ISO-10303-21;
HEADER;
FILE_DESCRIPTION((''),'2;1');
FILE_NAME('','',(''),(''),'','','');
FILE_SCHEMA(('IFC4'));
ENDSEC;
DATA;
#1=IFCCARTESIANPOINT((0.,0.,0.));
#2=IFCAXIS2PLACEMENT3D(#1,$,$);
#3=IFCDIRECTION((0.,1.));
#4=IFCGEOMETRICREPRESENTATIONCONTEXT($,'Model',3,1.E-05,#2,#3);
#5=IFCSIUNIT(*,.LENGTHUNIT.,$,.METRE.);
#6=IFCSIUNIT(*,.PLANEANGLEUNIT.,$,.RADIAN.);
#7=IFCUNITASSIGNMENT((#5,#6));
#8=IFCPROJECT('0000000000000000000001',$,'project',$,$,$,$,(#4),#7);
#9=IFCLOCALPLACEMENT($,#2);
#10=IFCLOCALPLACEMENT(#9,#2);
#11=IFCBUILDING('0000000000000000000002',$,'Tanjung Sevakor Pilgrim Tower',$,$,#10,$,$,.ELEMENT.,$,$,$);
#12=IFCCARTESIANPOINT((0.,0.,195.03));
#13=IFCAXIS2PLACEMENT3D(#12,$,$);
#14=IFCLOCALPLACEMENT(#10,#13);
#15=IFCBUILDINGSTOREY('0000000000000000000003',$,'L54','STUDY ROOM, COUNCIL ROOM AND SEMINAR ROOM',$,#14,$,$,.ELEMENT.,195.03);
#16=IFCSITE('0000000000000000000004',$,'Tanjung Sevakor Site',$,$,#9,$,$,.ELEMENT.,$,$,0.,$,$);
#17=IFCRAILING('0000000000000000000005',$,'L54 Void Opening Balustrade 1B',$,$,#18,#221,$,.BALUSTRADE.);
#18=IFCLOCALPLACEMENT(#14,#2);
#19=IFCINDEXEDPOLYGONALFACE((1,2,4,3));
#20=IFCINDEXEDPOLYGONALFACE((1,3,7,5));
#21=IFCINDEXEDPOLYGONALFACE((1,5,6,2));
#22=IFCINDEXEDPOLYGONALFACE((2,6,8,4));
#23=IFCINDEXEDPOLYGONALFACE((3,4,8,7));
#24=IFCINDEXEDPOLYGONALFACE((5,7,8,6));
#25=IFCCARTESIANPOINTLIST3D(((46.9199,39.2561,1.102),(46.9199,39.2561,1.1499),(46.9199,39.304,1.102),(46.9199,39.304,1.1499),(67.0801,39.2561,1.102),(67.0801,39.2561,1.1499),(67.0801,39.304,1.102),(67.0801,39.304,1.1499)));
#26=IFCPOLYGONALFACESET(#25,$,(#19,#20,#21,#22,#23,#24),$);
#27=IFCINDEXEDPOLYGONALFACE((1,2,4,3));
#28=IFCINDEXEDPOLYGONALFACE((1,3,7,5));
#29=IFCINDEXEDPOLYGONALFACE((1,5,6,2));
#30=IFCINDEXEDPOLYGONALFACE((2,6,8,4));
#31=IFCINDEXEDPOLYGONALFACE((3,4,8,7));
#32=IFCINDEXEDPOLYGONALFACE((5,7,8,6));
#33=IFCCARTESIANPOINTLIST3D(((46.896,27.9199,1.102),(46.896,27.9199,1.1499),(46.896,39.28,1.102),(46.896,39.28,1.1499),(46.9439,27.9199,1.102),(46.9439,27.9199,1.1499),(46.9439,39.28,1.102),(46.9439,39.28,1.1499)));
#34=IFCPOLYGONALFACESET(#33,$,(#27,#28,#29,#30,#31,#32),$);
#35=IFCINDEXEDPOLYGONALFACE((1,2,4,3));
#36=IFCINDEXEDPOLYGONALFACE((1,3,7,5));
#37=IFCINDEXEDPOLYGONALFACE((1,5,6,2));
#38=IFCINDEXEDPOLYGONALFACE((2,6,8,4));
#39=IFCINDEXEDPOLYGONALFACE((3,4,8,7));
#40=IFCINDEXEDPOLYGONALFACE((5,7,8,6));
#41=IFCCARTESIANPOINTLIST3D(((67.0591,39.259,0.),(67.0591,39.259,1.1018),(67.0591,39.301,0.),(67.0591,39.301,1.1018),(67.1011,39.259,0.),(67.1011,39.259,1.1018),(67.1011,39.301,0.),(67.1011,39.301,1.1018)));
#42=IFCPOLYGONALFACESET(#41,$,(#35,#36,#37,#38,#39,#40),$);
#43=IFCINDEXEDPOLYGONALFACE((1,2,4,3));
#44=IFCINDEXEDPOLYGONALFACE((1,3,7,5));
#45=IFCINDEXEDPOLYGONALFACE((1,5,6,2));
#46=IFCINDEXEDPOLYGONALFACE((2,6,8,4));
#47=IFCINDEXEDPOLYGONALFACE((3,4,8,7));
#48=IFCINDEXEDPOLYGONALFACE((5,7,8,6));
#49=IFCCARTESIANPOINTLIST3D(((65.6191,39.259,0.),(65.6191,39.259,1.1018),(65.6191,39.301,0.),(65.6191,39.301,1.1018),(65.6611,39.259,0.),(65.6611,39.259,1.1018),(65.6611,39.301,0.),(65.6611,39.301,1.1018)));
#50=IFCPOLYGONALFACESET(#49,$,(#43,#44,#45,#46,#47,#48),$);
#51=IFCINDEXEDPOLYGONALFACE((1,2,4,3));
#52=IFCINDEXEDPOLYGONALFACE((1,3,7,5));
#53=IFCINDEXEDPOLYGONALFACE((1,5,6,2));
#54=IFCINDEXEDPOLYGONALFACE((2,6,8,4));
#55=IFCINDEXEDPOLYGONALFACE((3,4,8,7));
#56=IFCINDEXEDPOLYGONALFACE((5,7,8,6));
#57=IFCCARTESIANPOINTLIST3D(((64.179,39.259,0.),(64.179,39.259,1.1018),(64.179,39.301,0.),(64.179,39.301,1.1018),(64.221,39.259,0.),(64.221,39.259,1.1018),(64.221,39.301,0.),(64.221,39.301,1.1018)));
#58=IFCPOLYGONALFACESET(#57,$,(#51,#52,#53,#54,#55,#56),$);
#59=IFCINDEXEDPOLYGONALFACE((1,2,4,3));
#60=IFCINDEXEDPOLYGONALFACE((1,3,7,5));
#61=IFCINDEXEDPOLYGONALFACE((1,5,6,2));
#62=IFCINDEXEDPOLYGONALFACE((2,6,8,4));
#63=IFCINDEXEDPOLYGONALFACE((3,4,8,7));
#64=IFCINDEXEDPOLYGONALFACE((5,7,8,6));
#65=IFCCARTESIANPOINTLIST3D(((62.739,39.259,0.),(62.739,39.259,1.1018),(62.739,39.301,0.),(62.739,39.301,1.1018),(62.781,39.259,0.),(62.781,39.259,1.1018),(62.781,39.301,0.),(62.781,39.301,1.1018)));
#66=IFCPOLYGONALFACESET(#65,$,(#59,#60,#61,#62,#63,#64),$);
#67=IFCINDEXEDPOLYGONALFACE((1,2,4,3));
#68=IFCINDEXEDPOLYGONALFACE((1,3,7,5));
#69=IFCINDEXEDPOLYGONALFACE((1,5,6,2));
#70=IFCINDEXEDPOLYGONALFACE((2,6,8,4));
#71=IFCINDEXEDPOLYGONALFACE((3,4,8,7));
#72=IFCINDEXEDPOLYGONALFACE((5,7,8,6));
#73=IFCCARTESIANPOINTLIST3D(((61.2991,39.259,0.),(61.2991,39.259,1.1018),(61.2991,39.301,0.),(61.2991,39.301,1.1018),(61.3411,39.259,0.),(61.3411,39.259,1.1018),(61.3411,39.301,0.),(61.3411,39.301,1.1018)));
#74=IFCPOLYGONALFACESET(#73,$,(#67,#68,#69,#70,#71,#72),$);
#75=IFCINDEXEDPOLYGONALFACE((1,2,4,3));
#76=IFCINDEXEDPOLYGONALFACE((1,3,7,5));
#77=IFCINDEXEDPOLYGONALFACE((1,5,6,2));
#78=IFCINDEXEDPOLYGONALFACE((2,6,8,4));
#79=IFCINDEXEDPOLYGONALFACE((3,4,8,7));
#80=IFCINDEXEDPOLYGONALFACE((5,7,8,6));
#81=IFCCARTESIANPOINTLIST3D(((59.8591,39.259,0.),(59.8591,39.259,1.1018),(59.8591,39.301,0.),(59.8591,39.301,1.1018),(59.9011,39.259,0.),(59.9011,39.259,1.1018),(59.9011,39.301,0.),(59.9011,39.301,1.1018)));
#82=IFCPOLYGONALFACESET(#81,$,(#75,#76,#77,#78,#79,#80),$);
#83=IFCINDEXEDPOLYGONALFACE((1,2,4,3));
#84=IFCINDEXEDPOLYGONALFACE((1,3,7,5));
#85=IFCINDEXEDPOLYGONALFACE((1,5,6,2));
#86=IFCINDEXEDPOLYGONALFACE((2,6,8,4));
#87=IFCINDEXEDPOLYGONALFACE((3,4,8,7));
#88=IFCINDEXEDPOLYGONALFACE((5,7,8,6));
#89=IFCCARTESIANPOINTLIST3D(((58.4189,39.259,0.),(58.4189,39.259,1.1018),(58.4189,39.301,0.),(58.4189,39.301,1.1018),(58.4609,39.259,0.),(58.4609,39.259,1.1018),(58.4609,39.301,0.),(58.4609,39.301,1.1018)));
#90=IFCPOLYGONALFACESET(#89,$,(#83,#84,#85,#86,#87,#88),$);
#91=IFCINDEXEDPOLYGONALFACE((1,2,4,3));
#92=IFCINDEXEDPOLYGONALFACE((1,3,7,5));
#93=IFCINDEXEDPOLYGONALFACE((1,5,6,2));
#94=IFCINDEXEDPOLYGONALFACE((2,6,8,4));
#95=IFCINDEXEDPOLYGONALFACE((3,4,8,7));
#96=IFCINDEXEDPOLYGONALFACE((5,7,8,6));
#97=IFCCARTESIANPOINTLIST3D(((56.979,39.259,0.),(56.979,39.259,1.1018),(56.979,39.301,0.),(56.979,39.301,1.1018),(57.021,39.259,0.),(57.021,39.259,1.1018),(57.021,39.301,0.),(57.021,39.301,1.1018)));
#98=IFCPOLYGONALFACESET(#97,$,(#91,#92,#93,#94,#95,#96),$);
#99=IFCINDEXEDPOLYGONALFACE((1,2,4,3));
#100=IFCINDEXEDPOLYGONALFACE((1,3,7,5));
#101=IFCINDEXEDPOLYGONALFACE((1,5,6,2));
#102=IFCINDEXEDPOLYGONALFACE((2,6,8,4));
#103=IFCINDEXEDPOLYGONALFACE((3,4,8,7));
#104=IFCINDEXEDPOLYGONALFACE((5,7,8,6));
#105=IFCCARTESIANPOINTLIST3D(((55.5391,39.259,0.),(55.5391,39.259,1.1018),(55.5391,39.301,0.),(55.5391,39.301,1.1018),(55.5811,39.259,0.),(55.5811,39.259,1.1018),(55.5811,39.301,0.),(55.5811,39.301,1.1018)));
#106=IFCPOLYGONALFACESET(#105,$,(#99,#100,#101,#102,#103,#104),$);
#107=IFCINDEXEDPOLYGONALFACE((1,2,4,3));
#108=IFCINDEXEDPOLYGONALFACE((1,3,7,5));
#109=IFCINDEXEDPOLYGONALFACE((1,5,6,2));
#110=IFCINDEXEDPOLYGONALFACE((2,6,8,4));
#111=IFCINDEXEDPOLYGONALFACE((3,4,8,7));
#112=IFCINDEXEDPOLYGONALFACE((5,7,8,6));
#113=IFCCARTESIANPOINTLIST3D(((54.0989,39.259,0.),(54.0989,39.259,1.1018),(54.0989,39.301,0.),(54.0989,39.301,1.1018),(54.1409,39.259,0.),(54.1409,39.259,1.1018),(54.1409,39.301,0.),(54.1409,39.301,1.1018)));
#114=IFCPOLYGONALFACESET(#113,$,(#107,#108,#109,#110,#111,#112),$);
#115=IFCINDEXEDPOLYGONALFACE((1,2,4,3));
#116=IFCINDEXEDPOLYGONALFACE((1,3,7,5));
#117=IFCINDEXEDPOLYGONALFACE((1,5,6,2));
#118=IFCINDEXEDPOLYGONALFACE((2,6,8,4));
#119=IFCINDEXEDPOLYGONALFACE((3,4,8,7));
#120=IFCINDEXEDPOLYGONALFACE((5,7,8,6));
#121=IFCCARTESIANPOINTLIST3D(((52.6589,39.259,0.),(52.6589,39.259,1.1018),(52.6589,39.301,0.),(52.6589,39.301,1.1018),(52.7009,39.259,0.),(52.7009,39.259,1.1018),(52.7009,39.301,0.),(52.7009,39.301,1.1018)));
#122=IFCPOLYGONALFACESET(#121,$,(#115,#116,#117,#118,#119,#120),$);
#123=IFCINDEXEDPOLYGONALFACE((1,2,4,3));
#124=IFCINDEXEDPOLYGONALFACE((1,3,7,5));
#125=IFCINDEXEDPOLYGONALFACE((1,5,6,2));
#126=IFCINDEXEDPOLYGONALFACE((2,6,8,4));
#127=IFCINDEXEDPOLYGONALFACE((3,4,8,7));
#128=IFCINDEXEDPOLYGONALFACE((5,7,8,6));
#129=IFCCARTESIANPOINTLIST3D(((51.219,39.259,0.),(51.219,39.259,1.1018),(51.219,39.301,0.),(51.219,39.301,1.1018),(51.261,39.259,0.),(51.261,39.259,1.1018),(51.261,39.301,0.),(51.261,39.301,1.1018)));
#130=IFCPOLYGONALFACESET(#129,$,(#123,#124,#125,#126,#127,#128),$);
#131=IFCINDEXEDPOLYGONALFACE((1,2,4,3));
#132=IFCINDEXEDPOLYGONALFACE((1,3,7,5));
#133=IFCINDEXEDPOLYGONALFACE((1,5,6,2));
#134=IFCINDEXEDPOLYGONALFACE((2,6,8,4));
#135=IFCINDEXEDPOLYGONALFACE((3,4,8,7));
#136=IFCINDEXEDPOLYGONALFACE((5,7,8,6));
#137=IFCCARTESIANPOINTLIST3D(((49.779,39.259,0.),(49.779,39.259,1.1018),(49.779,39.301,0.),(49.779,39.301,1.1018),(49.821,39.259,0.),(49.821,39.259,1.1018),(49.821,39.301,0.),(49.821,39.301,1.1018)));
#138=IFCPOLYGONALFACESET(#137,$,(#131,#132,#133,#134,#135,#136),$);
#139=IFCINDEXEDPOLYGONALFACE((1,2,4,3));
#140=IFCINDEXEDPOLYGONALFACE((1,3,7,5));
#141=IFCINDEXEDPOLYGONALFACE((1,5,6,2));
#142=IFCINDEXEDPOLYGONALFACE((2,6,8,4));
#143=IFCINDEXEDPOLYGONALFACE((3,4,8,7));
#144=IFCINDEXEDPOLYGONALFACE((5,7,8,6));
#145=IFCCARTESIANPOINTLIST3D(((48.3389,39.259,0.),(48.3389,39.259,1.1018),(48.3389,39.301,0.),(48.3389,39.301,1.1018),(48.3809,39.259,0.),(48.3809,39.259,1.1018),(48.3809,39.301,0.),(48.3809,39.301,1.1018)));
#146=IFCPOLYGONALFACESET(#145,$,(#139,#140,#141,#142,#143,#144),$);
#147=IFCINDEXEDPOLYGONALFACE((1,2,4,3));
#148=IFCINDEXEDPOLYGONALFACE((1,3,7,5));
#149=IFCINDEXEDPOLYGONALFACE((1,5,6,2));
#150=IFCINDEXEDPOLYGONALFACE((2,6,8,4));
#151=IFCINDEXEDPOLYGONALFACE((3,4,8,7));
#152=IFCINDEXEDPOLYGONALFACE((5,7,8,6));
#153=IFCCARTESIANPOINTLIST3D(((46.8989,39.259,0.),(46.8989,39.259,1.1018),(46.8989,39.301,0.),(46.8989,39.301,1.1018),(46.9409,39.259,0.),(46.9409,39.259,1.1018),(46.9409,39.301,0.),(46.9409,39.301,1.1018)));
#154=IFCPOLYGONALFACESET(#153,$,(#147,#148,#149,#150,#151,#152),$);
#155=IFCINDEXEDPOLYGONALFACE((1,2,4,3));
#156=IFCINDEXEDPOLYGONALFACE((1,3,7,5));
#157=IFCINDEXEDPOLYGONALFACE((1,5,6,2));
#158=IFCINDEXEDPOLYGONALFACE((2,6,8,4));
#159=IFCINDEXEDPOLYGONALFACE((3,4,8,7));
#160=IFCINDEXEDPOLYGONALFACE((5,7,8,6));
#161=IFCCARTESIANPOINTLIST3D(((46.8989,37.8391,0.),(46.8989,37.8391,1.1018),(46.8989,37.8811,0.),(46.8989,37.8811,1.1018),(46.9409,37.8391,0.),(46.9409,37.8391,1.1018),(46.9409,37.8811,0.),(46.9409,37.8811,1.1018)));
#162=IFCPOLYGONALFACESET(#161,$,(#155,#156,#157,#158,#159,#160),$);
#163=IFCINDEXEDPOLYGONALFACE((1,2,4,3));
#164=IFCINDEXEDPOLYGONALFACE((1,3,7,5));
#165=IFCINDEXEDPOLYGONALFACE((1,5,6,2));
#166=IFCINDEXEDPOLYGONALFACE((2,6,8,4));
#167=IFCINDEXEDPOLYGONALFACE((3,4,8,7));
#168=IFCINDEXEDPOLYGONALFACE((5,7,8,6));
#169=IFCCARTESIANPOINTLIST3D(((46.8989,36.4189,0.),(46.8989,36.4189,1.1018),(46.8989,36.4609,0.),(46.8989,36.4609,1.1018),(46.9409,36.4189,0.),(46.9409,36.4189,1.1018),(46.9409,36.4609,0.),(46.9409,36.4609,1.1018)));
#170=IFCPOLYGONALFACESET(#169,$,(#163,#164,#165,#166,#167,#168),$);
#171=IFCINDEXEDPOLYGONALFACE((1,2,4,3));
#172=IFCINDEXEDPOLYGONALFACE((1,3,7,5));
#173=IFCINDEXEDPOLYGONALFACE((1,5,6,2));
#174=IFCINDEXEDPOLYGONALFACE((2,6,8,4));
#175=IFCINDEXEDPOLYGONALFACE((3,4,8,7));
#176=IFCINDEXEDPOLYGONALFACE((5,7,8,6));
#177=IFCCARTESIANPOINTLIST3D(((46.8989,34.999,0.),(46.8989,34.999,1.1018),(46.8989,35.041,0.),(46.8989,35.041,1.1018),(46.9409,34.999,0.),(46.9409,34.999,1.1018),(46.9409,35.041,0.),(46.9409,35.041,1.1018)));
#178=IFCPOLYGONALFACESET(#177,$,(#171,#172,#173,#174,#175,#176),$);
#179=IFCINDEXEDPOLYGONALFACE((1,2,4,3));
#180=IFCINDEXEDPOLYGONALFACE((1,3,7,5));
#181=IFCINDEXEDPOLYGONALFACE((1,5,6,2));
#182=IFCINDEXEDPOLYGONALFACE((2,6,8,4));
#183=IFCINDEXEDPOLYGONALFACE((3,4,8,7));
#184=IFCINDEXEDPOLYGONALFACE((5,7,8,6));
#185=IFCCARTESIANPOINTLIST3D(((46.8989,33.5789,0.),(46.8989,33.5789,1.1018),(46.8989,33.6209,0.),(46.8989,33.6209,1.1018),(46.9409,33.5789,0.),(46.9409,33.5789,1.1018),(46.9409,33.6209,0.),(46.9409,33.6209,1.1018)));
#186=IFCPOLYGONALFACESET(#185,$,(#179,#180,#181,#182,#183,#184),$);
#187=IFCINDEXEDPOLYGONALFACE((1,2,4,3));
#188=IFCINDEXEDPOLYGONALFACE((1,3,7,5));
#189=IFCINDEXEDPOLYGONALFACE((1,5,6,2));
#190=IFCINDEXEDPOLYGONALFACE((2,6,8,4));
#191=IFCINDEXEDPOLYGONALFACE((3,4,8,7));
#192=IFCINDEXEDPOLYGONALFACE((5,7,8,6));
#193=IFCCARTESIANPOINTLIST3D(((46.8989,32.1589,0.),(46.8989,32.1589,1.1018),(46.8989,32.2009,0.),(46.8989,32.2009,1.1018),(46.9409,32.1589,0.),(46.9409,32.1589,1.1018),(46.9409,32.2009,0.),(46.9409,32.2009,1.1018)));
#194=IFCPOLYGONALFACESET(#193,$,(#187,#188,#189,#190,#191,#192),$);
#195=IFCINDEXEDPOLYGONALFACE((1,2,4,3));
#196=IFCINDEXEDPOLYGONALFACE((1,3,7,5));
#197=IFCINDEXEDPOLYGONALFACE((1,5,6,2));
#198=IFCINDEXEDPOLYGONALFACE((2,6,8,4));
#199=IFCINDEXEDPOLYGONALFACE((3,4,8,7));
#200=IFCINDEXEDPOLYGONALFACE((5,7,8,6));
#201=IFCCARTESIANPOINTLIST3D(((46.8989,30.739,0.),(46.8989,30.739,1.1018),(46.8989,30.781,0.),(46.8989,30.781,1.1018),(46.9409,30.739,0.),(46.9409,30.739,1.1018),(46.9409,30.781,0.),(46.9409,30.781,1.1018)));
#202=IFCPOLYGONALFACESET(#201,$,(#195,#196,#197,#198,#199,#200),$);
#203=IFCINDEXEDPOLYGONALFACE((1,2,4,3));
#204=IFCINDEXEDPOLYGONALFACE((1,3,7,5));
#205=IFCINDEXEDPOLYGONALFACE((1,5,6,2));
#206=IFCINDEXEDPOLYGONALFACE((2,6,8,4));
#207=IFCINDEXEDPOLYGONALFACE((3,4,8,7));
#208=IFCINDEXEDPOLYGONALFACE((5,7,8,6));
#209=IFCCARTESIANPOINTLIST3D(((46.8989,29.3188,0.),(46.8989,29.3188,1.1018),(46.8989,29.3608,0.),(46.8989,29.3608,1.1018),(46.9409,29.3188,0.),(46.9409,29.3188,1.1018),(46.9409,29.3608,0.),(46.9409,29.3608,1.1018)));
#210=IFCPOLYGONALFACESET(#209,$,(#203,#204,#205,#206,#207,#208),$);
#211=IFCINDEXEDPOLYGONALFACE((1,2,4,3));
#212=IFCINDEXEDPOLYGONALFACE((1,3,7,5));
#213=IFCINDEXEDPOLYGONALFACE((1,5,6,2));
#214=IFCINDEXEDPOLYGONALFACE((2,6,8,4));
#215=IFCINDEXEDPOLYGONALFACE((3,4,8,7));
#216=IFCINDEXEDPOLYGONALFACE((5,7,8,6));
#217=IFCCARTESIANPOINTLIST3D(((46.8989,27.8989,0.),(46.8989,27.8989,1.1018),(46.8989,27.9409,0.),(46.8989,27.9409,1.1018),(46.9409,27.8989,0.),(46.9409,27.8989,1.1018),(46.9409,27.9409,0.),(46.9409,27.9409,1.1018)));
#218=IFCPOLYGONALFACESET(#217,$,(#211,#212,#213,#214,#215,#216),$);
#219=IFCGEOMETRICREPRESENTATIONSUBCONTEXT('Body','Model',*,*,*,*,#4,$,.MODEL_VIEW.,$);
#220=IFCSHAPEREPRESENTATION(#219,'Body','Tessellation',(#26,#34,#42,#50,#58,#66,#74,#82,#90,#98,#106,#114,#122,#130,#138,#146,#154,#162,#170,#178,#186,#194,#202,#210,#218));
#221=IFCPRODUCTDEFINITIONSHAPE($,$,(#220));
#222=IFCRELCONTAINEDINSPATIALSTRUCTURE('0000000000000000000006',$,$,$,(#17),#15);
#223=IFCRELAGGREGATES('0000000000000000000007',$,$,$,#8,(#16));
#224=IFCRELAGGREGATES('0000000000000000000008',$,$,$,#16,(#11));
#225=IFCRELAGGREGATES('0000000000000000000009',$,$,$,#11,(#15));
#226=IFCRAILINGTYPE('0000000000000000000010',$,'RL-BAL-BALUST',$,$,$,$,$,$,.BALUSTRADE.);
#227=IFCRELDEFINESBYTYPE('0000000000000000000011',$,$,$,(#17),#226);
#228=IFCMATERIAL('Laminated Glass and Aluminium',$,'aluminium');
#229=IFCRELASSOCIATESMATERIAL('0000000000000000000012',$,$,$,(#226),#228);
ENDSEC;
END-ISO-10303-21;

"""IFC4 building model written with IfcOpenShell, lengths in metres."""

from ifc_helpers import new_model, si_unit, direction, frame, origin, place, context, subcontext, project, spatial, rectangle, extrude, material, type_object, element, save


model = new_model("IFC4")

# Units and contexts
model_context = context("Model", 3, precision=1e-05, world=origin(), true_north=direction((0.0, 1.0)))
body_context = subcontext(model_context, "Body", "Model", "MODEL_VIEW")
ifc_project = project(units=[si_unit("LENGTHUNIT", "METRE"), si_unit("PLANEANGLEUNIT", "RADIAN")], contexts=[model_context])

# Site, building, storey
site_placement = place(None, origin())
site = spatial("IfcSite", under=ifc_project, at=site_placement, Name="Tanjung Sevakor Site", CompositionType="ELEMENT", RefElevation=0.0)
building_placement = place(site_placement, origin())
building = spatial("IfcBuilding", under=site, at=building_placement, Name="Tanjung Sevakor Pilgrim Tower", CompositionType="ELEMENT")
storey_placement = place(building_placement, frame((0.0, 0.0, 195.03)))
storey = spatial("IfcBuildingStorey", under=building, at=storey_placement, Name="L54", Description="STUDY ROOM, COUNCIL ROOM AND SEMINAR ROOM", CompositionType="ELEMENT", Elevation=195.03)

# Railing
ifc_material_1 = material(Name="Laminated Glass and Aluminium", Category="aluminium")
railing_type_1 = type_object("IfcRailingType", Name="RL-BAL-BALUST", PredefinedType="BALUSTRADE", material=ifc_material_1)
railing_1_placement = place(storey_placement, frame((67.0801, 39.28, 0.0)))
element("IfcRailing", 1, at=railing_1_placement, inside=storey, type_object=railing_type_1, Name="L54 Void Opening Balustrade 1B", PredefinedType="BALUSTRADE", context=body_context, shape_type="SweptSolid", body=[
    extrude(rectangle(XDim=0.0479, YDim=0.0479), frame((0.0, 0.0, 1.126), z_axis=(-1.0, 0.0, 0.0), x_axis=(0.0, -1.0, 0.0)), (0.0, 0.0, 1.0), 20.1602),
    extrude(rectangle(XDim=0.0479, YDim=0.0479), frame((-20.1602, 0.0, 1.126), z_axis=(0.0, -1.0, 0.0), x_axis=(1.0, 0.0, 0.0)), (0.0, 0.0, 1.0), 11.3601),
    extrude(rectangle(XDim=0.042, YDim=0.042), origin(), (0.0, 0.0, 1.0), 1.1018),
    extrude(rectangle(XDim=0.042, YDim=0.042), frame((-1.4399, 0.0, 0.0)), (0.0, 0.0, 1.0), 1.1018),
    extrude(rectangle(XDim=0.042, YDim=0.042), frame((-2.8801, 0.0, 0.0)), (0.0, 0.0, 1.0), 1.1018),
    extrude(rectangle(XDim=0.042, YDim=0.042), frame((-4.3201, 0.0, 0.0)), (0.0, 0.0, 1.0), 1.1018),
    extrude(rectangle(XDim=0.042, YDim=0.042), frame((-5.76, 0.0, 0.0)), (0.0, 0.0, 1.0), 1.1018),
    extrude(rectangle(XDim=0.042, YDim=0.042), frame((-7.2, 0.0, 0.0)), (0.0, 0.0, 1.0), 1.1018),
    extrude(rectangle(XDim=0.042, YDim=0.042), frame((-8.6401, 0.0, 0.0)), (0.0, 0.0, 1.0), 1.1018),
    extrude(rectangle(XDim=0.042, YDim=0.042), frame((-10.0801, 0.0, 0.0)), (0.0, 0.0, 1.0), 1.1018),
    extrude(rectangle(XDim=0.042, YDim=0.042), frame((-11.52, 0.0, 0.0)), (0.0, 0.0, 1.0), 1.1018),
    extrude(rectangle(XDim=0.042, YDim=0.042), frame((-12.9602, 0.0, 0.0)), (0.0, 0.0, 1.0), 1.1018),
    extrude(rectangle(XDim=0.042, YDim=0.042), frame((-14.4001, 0.0, 0.0)), (0.0, 0.0, 1.0), 1.1018),
    extrude(rectangle(XDim=0.042, YDim=0.042), frame((-15.8401, 0.0, 0.0)), (0.0, 0.0, 1.0), 1.1018),
    extrude(rectangle(XDim=0.042, YDim=0.042), frame((-17.28, 0.0, 0.0)), (0.0, 0.0, 1.0), 1.1018),
    extrude(rectangle(XDim=0.042, YDim=0.042), frame((-18.7202, 0.0, 0.0)), (0.0, 0.0, 1.0), 1.1018),
    extrude(rectangle(XDim=0.042, YDim=0.042), frame((-20.1602, 0.0, 0.0)), (0.0, 0.0, 1.0), 1.1018),
    extrude(rectangle(XDim=0.042, YDim=0.042), frame((-20.1602, -1.4199, 0.0)), (0.0, 0.0, 1.0), 1.1018),
    extrude(rectangle(XDim=0.042, YDim=0.042), frame((-20.1602, -2.8401, 0.0)), (0.0, 0.0, 1.0), 1.1018),
    extrude(rectangle(XDim=0.042, YDim=0.042), frame((-20.1602, -4.26, 0.0)), (0.0, 0.0, 1.0), 1.1018),
    extrude(rectangle(XDim=0.042, YDim=0.042), frame((-20.1602, -5.6802, 0.0)), (0.0, 0.0, 1.0), 1.1018),
    extrude(rectangle(XDim=0.042, YDim=0.042), frame((-20.1602, -7.1001, 0.0)), (0.0, 0.0, 1.0), 1.1018),
    extrude(rectangle(XDim=0.042, YDim=0.042), frame((-20.1602, -8.52, 0.0)), (0.0, 0.0, 1.0), 1.1018),
    extrude(rectangle(XDim=0.042, YDim=0.042), frame((-20.1602, -9.9402, 0.0)), (0.0, 0.0, 1.0), 1.1018),
    extrude(rectangle(XDim=0.042, YDim=0.042), frame((-20.1602, -11.3601, 0.0)), (0.0, 0.0, 1.0), 1.1018),
])

save(model, "model.ifc")
